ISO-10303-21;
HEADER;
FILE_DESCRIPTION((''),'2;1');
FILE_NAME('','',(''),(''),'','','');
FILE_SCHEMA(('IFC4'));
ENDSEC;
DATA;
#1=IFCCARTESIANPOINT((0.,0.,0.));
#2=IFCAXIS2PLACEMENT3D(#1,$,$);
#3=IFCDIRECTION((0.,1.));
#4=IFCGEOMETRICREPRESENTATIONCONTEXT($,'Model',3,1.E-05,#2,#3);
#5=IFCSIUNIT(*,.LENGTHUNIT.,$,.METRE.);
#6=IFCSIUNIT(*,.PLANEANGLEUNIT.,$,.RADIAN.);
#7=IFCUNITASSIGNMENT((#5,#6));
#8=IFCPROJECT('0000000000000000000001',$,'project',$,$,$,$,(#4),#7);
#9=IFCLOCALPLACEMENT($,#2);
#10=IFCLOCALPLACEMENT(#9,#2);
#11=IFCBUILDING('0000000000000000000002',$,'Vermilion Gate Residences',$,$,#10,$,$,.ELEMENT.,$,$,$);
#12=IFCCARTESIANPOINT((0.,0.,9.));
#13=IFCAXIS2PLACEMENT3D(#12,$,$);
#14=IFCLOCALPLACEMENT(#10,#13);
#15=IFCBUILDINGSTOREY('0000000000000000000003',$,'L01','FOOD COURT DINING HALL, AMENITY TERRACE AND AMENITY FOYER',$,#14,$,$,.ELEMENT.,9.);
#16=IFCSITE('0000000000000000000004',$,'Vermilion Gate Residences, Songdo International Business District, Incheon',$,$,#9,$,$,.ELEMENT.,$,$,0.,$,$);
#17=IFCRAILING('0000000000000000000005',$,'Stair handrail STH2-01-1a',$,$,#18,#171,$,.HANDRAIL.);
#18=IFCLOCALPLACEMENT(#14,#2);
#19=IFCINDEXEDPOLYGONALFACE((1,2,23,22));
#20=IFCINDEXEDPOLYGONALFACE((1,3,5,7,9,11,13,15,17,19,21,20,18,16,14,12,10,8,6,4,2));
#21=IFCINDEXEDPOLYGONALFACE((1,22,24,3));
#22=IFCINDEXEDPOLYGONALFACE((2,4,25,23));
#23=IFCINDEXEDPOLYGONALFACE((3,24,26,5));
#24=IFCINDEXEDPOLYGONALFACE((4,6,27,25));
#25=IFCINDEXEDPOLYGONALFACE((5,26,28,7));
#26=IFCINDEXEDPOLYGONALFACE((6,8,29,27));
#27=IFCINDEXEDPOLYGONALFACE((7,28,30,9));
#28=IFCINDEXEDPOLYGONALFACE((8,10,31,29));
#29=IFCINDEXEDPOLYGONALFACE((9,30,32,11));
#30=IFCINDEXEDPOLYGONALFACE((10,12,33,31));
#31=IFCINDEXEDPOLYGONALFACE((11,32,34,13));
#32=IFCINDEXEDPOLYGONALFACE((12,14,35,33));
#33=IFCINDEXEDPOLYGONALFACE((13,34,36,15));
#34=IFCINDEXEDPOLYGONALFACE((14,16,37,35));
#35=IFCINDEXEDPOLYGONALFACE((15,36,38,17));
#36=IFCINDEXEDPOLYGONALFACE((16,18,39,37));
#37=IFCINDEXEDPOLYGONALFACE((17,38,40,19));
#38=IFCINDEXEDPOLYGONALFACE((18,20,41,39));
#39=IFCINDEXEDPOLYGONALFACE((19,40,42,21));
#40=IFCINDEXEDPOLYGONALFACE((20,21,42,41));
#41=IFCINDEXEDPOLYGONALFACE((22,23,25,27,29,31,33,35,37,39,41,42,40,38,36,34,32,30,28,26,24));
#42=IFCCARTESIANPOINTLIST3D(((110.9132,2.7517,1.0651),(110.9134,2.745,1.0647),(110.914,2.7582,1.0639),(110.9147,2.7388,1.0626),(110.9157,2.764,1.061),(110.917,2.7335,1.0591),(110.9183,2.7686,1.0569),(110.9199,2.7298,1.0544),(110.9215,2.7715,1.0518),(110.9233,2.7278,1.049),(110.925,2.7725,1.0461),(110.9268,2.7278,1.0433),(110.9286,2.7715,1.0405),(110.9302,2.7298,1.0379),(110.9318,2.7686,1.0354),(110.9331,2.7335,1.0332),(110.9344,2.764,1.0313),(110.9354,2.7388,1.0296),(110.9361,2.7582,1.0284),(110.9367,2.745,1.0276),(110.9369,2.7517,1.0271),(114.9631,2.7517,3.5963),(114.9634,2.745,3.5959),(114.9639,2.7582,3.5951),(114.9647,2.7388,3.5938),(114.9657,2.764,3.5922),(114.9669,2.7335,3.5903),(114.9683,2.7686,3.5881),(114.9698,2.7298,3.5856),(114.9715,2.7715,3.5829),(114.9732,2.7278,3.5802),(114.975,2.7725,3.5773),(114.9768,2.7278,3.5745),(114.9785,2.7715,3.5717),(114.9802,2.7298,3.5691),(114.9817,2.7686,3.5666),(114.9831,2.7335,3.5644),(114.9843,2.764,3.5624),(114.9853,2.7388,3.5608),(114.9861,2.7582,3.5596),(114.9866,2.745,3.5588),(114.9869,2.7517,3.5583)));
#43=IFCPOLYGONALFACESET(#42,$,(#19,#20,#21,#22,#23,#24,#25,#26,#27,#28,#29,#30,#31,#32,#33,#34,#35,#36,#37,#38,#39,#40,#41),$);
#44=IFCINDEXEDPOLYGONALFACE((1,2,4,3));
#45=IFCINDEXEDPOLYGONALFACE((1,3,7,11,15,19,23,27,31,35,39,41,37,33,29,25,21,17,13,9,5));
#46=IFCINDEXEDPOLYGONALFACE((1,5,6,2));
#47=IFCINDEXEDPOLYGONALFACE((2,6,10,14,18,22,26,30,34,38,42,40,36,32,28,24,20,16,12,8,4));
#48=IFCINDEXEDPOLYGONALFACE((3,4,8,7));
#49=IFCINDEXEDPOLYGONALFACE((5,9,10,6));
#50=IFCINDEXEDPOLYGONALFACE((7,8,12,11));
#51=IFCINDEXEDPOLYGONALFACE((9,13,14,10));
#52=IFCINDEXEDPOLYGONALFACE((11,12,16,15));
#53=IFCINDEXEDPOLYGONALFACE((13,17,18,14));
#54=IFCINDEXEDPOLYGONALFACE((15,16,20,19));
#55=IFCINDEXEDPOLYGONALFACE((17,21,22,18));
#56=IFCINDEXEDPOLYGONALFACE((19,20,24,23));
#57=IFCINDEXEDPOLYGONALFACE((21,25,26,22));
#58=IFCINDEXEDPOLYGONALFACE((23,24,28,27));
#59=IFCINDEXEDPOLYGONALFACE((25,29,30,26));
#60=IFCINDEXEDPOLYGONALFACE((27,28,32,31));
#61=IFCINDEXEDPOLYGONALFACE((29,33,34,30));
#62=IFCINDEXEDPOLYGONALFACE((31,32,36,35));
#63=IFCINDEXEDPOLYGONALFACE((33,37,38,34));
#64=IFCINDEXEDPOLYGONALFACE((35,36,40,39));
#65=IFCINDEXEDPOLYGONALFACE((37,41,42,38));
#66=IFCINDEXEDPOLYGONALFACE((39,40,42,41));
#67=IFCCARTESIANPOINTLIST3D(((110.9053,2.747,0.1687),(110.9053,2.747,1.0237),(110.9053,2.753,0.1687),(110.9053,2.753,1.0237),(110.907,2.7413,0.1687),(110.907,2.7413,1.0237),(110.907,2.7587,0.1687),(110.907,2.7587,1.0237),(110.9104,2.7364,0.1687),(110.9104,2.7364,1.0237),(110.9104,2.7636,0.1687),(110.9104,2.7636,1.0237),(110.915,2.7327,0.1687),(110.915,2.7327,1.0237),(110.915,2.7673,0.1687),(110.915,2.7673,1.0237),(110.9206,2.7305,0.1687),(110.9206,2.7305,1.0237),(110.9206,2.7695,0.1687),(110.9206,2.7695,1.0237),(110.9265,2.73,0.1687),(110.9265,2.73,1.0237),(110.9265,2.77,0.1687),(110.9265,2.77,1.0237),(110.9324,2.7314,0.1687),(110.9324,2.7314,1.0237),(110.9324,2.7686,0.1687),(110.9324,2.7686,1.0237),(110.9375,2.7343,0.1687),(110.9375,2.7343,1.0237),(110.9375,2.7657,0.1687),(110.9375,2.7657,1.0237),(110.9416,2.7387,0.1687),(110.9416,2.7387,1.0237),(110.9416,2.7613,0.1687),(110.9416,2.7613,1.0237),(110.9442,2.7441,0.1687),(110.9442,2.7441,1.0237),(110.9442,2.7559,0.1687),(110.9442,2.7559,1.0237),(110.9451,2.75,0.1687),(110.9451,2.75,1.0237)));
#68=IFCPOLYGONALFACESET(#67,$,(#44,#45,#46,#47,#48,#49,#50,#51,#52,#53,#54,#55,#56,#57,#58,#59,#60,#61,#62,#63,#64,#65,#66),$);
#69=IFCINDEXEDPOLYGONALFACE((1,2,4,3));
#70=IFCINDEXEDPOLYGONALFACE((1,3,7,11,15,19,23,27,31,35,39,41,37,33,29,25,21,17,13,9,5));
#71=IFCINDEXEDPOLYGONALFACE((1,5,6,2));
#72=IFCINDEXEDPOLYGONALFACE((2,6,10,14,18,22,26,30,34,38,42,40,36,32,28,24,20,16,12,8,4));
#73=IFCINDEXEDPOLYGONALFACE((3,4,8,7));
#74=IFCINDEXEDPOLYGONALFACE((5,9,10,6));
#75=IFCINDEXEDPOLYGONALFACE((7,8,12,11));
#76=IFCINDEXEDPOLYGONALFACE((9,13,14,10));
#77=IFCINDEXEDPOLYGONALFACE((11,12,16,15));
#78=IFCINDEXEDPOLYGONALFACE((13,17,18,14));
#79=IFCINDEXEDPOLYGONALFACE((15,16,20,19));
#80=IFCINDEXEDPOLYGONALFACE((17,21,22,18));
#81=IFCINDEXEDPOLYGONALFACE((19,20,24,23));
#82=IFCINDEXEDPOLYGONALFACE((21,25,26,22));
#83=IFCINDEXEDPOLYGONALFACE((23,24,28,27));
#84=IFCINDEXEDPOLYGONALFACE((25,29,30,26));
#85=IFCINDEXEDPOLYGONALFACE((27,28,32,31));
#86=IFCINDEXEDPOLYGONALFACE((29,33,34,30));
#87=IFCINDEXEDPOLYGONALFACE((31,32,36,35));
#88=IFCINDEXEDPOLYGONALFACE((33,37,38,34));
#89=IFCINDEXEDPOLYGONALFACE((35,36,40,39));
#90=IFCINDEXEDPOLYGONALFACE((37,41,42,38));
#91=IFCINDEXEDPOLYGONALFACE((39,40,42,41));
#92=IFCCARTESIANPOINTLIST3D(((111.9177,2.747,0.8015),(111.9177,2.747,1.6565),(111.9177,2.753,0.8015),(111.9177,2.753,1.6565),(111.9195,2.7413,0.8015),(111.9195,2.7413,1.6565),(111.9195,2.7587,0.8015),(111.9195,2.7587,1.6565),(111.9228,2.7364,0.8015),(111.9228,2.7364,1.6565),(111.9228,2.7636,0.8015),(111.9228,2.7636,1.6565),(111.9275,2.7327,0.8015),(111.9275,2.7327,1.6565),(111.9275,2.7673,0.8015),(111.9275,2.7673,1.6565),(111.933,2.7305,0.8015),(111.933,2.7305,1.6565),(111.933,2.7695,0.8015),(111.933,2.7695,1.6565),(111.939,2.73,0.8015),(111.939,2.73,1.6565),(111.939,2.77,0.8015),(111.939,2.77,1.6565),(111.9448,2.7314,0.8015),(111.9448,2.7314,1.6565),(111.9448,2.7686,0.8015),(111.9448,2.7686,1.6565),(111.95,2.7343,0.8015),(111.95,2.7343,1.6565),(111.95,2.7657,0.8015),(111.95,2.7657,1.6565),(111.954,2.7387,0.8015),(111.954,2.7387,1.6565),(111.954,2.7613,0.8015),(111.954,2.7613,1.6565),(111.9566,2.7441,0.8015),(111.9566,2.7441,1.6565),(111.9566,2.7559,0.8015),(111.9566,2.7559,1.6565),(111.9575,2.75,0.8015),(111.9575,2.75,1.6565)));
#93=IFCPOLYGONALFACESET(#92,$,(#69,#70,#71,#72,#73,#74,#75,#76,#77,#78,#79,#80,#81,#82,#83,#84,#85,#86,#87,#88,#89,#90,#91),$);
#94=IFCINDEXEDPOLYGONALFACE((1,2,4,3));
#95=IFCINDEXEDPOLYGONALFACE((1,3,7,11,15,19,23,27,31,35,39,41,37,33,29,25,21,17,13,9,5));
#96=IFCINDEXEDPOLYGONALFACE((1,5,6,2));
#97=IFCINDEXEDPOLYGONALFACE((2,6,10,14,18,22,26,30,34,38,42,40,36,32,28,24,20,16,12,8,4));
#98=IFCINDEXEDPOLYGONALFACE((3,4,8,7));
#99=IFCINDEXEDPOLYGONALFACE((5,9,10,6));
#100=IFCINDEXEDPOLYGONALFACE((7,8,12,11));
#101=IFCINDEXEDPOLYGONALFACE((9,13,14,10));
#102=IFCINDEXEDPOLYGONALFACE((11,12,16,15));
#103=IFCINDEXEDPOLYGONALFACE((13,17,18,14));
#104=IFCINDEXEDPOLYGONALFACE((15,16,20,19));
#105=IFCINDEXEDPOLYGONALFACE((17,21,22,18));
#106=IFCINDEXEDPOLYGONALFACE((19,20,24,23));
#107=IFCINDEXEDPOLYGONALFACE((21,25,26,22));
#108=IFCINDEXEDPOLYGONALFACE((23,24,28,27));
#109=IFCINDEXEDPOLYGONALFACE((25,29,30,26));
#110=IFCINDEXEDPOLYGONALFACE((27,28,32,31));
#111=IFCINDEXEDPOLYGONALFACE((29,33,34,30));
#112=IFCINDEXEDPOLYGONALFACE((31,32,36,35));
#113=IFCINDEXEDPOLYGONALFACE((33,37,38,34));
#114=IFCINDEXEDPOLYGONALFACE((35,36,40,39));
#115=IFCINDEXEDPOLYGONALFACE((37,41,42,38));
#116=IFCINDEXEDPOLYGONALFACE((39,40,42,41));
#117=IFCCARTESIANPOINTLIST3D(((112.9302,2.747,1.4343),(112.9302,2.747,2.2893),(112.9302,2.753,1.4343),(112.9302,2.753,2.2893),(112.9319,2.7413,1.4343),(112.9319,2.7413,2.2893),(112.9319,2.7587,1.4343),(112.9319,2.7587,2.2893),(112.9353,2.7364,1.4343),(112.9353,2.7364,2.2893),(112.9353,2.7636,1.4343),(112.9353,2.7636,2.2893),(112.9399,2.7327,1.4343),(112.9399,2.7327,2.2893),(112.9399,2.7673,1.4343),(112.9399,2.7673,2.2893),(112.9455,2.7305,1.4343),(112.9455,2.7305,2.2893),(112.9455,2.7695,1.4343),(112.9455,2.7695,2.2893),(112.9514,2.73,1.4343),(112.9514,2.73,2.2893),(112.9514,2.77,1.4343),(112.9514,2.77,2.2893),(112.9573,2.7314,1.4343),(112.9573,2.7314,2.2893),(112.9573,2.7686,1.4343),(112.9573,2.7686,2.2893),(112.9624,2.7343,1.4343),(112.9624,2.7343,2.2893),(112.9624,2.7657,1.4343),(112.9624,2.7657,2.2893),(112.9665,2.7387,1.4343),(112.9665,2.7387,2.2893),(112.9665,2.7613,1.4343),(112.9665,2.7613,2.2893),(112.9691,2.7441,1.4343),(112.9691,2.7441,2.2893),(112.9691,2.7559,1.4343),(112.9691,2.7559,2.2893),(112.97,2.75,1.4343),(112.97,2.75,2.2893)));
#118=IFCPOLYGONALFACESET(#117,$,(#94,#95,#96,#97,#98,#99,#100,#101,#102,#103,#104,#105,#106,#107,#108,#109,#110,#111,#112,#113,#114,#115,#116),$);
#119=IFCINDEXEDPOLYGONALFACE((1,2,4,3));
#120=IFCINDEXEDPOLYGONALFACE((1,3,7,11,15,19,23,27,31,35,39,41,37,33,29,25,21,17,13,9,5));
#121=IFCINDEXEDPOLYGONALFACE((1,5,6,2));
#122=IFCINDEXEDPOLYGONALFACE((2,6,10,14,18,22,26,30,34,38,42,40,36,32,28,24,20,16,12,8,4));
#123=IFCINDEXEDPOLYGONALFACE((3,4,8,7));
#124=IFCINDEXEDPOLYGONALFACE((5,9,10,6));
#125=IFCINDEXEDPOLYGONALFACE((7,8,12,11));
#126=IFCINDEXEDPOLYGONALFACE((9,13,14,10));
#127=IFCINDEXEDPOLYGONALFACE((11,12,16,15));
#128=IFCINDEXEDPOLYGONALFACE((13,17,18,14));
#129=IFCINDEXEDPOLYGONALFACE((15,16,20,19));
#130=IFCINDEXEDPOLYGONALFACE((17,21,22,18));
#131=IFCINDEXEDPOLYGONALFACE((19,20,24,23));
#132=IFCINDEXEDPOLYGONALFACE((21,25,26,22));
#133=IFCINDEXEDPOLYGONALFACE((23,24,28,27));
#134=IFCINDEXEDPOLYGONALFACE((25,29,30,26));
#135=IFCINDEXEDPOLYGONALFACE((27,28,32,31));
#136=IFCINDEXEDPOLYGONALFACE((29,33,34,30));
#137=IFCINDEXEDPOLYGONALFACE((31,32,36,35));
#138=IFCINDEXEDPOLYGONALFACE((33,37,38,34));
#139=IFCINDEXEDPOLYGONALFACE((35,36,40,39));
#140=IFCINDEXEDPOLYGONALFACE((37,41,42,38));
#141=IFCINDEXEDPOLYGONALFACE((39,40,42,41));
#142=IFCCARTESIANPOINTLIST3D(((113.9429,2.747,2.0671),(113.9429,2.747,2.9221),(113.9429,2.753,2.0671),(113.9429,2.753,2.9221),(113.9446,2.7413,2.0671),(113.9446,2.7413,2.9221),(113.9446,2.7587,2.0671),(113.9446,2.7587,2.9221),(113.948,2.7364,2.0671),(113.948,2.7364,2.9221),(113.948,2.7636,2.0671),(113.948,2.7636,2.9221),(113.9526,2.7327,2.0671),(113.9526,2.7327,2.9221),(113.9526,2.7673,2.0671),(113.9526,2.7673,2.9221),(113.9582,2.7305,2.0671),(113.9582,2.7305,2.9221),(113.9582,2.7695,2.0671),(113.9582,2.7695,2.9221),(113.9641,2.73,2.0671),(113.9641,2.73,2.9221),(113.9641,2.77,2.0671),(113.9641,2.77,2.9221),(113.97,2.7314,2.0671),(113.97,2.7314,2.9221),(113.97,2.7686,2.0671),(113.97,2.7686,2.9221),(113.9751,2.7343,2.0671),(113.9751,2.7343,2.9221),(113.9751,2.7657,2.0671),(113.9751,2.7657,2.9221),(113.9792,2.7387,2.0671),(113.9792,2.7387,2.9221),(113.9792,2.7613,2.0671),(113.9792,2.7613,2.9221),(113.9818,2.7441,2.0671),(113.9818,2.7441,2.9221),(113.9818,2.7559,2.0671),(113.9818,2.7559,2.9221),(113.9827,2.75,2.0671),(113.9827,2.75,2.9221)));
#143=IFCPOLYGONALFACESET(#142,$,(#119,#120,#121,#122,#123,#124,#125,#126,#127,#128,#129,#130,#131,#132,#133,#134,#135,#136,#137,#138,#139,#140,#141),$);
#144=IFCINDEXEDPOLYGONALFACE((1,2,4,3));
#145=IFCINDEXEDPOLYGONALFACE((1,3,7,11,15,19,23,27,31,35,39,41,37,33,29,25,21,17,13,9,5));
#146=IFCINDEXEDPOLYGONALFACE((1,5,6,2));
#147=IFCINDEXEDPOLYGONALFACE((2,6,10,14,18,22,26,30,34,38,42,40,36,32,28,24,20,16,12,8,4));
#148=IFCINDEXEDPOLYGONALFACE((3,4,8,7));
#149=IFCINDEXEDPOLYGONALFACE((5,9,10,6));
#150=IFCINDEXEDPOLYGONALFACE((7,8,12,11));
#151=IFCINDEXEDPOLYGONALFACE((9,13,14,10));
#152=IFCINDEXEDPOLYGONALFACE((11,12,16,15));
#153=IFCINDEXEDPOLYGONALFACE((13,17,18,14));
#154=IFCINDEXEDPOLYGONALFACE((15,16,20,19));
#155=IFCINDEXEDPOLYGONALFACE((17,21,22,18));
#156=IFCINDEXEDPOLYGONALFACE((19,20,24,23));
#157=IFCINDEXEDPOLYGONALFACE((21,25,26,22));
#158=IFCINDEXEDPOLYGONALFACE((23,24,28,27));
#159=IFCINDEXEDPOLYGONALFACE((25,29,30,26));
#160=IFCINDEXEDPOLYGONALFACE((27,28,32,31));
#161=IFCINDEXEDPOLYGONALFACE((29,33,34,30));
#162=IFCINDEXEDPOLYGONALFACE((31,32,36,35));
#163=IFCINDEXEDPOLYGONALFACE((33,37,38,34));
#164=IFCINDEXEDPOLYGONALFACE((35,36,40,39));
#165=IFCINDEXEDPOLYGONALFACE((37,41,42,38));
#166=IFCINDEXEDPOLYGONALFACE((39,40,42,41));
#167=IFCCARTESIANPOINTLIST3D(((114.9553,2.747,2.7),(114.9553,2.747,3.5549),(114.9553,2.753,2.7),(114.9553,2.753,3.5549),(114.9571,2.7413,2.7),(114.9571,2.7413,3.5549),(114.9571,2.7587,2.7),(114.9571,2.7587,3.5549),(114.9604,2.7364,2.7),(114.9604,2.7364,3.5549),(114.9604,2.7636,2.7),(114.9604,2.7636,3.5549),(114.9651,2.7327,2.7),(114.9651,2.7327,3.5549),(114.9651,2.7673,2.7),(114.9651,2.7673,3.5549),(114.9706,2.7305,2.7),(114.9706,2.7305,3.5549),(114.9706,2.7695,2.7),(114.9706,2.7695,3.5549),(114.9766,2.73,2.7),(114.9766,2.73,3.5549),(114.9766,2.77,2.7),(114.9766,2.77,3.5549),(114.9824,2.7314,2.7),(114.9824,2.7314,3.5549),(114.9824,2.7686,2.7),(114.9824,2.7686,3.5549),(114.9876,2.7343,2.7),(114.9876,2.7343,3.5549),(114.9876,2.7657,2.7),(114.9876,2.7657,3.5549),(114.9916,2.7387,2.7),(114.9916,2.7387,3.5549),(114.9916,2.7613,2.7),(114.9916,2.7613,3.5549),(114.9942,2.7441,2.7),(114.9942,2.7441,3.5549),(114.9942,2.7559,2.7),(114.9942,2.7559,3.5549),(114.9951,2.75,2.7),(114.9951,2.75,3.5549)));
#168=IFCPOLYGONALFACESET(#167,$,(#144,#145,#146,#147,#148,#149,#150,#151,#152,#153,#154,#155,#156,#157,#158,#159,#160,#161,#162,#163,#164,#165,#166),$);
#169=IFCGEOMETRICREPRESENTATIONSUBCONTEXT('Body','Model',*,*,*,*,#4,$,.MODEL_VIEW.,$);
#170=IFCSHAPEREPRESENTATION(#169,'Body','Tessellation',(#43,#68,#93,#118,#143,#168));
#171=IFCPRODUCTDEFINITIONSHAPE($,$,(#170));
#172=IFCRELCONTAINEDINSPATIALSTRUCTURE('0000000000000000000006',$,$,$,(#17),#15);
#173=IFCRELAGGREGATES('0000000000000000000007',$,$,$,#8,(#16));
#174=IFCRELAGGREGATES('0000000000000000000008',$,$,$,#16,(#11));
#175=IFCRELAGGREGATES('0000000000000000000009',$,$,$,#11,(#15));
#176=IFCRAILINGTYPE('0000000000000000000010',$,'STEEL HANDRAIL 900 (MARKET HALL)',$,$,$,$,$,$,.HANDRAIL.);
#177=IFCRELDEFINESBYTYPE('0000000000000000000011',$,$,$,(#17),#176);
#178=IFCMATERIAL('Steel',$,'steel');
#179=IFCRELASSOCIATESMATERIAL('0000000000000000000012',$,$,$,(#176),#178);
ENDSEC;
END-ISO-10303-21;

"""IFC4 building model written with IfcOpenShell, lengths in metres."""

from ifc_helpers import new_model, si_unit, direction, frame, origin, origin_2d, place, context, subcontext, project, spatial, circle, extrude, material, type_object, element, save


model = new_model("IFC4")

# Units and contexts
model_context = context("Model", 3, precision=1e-05, world=origin(), true_north=direction((0.0, 1.0)))
body_context = subcontext(model_context, "Body", "Model", "MODEL_VIEW")
ifc_project = project(units=[si_unit("LENGTHUNIT", "METRE"), si_unit("PLANEANGLEUNIT", "RADIAN")], contexts=[model_context])

# Site, building, storey
site_placement = place(None, origin())
site = spatial("IfcSite", under=ifc_project, at=site_placement, Name="Vermilion Gate Residences, Songdo International Business District, Incheon", CompositionType="ELEMENT", RefElevation=0.0)
building_placement = place(site_placement, origin())
building = spatial("IfcBuilding", under=site, at=building_placement, Name="Vermilion Gate Residences", CompositionType="ELEMENT")
storey_placement = place(building_placement, frame((0.0, 0.0, 9.0)))
storey = spatial("IfcBuildingStorey", under=building, at=storey_placement, Name="L01", Description="FOOD COURT DINING HALL, AMENITY TERRACE AND AMENITY FOYER", CompositionType="ELEMENT", Elevation=9.0)

# Railing
ifc_material_1 = material(Name="Steel", Category="steel")
railing_type_1 = type_object("IfcRailingType", Name="STEEL HANDRAIL 900 (MARKET HALL)", PredefinedType="HANDRAIL", material=ifc_material_1)
for number, where, name in (
    (1, (110.925, 2.75, 0.1687), "Stair handrail STH2-01-1a"),
):
    element("IfcRailing", number, at=place(storey_placement, frame(where)), inside=storey, type_object=railing_type_1, Name=name, PredefinedType="HANDRAIL", context=body_context, shape_type="SweptSolid", body=[
        extrude(circle(Radius=0.0225, at=origin_2d()), frame((0.0, 0.0, 0.8774), z_axis=(0.848001, 0.0, 0.529994), x_axis=(0.0, 1.0, 0.0)), (0.0, 0.0, 1.0), 4.7759),
        extrude(circle(Radius=0.02, at=origin_2d()), origin(), (0.0, 0.0, 1.0), 0.855),
        extrude(circle(Radius=0.02, at=origin_2d()), frame((1.0125, 0.0, 0.6328)), (0.0, 0.0, 1.0), 0.855),
        extrude(circle(Radius=0.02, at=origin_2d()), frame((2.0249, 0.0, 1.2656)), (0.0, 0.0, 1.0), 0.855),
        extrude(circle(Radius=0.02, at=origin_2d()), frame((3.0376, 0.0, 1.8984)), (0.0, 0.0, 1.0), 0.855),
        extrude(circle(Radius=0.02, at=origin_2d()), frame((4.05, 0.0, 2.5312)), (0.0, 0.0, 1.0), 0.855),
    ])

save(model, "model.ifc")
